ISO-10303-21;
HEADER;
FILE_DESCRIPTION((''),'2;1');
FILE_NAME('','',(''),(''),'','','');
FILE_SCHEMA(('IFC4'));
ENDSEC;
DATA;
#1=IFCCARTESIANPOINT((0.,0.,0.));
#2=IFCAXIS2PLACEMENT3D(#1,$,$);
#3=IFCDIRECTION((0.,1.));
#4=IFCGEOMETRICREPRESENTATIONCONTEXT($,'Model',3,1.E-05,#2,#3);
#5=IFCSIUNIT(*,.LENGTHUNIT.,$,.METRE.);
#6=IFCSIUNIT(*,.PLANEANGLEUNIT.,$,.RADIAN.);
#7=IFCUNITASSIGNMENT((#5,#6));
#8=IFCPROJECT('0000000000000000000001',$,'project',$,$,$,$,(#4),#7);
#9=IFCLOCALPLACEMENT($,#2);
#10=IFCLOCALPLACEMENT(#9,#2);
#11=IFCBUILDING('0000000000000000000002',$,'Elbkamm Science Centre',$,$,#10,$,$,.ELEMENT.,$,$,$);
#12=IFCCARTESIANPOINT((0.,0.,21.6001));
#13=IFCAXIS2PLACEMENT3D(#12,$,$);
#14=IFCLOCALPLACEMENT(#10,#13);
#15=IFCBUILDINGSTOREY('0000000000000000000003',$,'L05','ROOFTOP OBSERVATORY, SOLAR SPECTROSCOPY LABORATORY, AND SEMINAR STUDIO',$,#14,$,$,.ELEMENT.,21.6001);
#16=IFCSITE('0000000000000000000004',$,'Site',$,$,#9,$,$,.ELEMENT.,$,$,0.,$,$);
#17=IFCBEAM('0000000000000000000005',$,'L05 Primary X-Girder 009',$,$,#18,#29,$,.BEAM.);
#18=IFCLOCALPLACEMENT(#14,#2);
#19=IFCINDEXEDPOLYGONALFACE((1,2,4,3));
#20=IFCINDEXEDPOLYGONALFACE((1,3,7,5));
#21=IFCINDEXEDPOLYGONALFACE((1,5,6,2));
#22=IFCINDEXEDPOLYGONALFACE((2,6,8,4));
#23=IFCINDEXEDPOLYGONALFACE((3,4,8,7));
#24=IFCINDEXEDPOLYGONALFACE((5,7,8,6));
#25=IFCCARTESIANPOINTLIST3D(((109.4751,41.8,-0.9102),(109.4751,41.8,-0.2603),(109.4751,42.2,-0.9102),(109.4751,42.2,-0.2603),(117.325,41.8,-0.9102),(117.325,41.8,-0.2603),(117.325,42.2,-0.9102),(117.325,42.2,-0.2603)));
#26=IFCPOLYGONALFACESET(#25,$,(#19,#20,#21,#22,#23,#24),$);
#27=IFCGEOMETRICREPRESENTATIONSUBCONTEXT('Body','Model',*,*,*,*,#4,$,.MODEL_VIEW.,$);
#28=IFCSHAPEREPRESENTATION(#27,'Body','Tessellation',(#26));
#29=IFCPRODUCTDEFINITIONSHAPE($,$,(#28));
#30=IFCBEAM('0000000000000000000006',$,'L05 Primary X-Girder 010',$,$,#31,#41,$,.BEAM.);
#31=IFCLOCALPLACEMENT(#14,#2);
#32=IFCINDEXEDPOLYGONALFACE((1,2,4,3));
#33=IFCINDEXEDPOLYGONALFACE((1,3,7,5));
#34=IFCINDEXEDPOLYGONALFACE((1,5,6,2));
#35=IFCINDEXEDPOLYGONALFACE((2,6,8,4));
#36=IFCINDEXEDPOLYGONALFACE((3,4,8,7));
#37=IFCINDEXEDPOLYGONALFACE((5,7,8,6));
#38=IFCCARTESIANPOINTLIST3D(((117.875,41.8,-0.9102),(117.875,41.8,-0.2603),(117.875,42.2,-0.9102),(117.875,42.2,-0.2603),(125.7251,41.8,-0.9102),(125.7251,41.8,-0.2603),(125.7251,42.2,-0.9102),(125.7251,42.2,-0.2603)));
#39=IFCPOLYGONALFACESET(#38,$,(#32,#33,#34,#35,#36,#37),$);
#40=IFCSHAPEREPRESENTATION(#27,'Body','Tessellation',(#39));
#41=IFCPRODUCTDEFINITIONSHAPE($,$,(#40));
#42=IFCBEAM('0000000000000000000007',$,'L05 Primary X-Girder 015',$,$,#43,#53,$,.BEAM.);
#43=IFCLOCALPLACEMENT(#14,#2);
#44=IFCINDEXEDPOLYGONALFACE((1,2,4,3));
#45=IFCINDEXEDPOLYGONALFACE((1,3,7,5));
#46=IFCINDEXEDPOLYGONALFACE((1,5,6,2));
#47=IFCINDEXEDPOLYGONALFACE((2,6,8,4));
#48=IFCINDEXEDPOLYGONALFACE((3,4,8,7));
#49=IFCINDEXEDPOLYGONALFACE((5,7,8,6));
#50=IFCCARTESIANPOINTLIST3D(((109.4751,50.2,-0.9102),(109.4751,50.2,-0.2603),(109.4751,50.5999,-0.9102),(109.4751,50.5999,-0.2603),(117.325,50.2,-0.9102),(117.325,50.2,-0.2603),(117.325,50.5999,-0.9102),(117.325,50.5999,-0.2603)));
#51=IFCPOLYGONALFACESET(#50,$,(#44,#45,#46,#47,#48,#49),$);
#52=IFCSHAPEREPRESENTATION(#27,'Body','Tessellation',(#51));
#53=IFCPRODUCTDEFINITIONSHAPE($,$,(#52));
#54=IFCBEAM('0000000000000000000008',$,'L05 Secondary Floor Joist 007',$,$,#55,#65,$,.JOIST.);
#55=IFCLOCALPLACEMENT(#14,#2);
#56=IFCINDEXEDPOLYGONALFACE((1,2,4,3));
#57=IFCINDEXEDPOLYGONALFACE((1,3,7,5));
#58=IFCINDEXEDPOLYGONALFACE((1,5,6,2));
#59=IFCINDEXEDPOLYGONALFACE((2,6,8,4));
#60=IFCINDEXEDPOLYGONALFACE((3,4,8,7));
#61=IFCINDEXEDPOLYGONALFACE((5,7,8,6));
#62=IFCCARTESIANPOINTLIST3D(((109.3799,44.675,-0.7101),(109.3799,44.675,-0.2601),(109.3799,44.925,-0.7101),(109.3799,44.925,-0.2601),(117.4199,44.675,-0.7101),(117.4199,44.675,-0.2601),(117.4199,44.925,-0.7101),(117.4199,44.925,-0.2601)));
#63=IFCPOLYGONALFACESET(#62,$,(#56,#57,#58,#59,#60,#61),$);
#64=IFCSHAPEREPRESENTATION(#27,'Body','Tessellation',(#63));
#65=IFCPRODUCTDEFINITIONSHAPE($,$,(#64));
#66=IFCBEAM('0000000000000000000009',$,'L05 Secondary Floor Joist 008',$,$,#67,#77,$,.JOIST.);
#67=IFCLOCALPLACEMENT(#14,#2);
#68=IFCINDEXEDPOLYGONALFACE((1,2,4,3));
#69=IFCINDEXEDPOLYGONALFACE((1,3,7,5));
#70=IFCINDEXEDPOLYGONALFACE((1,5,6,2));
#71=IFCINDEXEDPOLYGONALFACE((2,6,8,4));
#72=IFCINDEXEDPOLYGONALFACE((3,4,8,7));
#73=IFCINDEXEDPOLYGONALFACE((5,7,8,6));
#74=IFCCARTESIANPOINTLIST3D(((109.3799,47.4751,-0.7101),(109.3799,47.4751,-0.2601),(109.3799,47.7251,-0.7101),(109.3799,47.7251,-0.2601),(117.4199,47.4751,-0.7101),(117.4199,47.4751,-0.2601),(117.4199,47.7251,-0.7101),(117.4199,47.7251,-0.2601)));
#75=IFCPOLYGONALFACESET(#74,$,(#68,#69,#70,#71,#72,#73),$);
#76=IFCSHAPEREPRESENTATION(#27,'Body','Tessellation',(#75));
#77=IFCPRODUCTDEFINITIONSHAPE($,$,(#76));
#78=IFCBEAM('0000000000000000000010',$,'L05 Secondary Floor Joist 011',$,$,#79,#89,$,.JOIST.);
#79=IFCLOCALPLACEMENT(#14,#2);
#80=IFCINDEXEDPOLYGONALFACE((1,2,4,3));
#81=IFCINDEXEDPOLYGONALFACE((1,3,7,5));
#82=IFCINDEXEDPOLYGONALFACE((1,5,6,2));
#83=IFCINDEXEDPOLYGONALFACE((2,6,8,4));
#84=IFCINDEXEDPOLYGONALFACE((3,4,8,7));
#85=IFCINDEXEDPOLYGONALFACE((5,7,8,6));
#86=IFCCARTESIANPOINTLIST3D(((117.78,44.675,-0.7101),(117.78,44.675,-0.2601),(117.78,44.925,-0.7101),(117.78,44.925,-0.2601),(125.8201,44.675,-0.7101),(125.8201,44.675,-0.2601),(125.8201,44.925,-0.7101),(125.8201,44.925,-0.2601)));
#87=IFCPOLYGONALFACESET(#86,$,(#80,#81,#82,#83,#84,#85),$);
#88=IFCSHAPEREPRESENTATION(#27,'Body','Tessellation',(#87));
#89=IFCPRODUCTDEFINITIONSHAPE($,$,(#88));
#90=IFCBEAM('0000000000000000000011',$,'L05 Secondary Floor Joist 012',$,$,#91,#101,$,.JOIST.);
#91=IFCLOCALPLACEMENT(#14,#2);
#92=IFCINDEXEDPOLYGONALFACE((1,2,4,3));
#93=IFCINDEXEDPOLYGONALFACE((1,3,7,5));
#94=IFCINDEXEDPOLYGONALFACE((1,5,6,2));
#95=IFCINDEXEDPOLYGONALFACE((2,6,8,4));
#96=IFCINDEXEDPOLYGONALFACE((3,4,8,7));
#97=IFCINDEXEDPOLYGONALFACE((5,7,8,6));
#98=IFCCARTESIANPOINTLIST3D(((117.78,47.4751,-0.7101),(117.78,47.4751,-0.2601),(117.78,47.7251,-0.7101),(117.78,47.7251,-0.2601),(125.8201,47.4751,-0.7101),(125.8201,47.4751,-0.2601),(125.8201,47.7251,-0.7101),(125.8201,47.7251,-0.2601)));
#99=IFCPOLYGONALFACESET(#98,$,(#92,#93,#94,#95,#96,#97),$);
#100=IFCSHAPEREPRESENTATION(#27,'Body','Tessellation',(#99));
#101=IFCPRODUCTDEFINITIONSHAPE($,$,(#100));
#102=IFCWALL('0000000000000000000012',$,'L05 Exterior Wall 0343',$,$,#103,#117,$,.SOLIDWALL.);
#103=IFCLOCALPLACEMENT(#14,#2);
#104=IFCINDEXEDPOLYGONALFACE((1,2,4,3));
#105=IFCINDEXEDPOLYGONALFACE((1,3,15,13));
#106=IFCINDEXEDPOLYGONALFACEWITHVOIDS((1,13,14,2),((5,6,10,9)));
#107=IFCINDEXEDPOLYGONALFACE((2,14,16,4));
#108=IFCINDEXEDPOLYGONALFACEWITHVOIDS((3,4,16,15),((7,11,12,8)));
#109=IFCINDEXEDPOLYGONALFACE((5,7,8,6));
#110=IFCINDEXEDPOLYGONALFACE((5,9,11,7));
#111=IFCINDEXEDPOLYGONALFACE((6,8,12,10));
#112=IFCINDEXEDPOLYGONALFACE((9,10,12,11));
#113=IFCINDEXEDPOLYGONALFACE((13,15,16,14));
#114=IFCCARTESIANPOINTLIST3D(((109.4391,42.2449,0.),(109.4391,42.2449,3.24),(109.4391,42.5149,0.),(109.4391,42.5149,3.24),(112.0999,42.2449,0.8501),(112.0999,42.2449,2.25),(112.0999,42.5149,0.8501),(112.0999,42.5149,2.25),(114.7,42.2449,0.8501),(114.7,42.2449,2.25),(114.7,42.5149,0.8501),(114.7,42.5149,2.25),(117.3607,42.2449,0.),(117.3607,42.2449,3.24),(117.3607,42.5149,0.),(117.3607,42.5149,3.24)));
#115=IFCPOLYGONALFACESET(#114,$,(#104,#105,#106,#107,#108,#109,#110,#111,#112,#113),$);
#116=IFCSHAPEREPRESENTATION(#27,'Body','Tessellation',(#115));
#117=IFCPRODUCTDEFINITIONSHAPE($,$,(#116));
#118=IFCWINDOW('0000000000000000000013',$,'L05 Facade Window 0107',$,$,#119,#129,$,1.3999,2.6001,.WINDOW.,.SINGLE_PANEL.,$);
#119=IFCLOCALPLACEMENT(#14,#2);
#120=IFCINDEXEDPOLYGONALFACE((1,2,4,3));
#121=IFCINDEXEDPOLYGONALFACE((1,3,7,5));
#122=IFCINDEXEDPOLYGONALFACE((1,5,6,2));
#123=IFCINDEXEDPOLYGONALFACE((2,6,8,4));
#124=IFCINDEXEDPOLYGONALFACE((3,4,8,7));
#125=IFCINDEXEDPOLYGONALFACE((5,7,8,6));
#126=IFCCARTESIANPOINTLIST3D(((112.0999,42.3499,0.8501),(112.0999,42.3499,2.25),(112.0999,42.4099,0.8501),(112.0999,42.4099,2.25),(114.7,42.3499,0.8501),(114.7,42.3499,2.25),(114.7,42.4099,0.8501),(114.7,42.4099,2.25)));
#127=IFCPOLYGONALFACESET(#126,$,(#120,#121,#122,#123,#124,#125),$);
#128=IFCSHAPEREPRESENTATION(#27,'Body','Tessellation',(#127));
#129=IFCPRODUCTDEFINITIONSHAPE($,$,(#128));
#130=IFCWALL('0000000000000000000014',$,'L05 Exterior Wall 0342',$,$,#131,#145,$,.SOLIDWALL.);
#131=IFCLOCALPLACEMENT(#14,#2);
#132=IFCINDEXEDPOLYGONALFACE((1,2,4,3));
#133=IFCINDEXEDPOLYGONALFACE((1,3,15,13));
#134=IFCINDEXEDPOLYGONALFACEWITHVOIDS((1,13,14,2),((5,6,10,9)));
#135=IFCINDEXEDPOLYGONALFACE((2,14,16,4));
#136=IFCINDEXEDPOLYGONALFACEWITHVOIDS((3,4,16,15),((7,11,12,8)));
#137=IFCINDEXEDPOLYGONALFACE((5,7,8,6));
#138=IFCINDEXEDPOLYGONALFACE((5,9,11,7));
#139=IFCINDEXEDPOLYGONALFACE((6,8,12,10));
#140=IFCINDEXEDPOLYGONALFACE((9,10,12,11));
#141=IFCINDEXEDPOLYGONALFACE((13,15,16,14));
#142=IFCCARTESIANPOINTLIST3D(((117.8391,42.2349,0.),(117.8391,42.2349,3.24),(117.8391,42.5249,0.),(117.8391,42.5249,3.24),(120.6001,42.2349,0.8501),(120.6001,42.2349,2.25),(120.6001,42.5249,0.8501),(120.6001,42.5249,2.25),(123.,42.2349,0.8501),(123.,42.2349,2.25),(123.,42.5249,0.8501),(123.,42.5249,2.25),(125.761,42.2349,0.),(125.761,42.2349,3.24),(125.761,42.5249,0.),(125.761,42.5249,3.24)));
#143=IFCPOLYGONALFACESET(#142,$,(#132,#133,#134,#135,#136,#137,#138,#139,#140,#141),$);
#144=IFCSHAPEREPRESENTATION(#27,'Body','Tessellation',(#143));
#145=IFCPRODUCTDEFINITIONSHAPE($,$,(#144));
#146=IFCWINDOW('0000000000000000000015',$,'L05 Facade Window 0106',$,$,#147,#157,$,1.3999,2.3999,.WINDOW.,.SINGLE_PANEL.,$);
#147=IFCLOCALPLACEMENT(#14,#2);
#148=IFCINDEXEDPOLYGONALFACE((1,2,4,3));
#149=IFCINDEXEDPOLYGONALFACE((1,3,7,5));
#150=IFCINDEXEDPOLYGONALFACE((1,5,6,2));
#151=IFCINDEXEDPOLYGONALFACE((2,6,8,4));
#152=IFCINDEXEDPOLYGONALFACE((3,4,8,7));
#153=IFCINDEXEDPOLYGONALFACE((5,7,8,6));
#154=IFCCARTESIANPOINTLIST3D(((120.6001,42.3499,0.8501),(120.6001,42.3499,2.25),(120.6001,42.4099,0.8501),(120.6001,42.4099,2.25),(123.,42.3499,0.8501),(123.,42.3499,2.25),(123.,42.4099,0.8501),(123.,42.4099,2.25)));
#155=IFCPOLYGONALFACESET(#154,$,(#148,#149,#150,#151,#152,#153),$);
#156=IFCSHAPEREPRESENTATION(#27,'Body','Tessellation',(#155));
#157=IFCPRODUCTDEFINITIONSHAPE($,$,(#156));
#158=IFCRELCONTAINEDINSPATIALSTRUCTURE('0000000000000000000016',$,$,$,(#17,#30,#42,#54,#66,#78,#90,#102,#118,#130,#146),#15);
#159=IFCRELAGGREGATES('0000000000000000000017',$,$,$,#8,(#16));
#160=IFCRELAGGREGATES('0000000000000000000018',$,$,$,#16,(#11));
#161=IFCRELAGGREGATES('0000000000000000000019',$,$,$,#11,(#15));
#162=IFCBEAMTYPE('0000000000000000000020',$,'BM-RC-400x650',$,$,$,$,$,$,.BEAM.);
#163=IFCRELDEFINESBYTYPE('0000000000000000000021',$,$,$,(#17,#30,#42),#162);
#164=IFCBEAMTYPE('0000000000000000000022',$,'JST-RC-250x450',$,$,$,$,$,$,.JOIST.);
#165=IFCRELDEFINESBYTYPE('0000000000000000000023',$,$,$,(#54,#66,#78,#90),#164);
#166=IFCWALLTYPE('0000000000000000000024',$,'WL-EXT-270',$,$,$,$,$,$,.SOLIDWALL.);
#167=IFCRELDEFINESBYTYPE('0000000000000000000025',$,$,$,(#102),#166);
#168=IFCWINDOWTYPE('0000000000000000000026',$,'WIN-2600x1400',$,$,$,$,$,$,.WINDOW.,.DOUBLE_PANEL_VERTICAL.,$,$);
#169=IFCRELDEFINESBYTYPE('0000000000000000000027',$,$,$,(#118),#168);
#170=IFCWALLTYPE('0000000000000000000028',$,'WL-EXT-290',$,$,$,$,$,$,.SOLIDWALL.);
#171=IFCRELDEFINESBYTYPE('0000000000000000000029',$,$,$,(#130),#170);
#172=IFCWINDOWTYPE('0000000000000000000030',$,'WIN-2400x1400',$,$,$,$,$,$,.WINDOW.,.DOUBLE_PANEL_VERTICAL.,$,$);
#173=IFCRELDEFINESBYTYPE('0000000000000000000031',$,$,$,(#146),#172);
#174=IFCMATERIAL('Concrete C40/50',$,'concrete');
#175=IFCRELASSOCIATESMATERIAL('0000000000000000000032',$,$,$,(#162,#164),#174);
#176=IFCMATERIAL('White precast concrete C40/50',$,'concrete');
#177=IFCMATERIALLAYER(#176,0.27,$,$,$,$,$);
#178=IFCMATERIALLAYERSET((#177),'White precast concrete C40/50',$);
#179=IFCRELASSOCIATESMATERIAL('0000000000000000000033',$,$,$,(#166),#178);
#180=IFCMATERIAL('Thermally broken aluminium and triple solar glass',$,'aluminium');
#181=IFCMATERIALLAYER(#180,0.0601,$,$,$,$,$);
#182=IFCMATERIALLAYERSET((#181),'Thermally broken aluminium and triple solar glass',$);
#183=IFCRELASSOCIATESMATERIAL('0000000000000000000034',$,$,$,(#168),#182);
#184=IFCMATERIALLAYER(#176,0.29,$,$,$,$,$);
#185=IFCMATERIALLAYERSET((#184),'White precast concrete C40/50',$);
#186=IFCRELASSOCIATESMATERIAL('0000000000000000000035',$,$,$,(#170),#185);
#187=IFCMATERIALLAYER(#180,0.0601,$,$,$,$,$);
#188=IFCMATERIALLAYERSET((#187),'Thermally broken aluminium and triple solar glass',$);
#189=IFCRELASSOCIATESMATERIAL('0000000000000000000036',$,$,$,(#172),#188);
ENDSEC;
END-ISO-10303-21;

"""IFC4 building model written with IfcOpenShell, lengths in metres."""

from ifc_helpers import new_model, si_unit, direction, frame, frame_2d, origin, origin_2d, place, context, subcontext, project, spatial, rectangle, extrude, material, layer, layer_set, material_profile, profile_set, type_object, element, fill, save


model = new_model("IFC4")

# Units and contexts
model_context = context("Model", 3, precision=1e-05, world=origin(), true_north=direction((0.0, 1.0)))
body_context = subcontext(model_context, "Body", "Model", "MODEL_VIEW")
ifc_project = project(units=[si_unit("LENGTHUNIT", "METRE"), si_unit("PLANEANGLEUNIT", "RADIAN")], contexts=[model_context])

# Site, building, storey
site_placement = place(None, origin())
site = spatial("IfcSite", under=ifc_project, at=site_placement, Name="Site", CompositionType="ELEMENT", RefElevation=0.0)
building_placement = place(site_placement, origin())
building = spatial("IfcBuilding", under=site, at=building_placement, Name="Elbkamm Science Centre", CompositionType="ELEMENT")
storey_placement = place(building_placement, frame((0.0, 0.0, 21.6001)))
storey = spatial("IfcBuildingStorey", under=building, at=storey_placement, Name="L05", Description="ROOFTOP OBSERVATORY, SOLAR SPECTROSCOPY LABORATORY, AND SEMINAR STUDIO", CompositionType="ELEMENT", Elevation=21.6001)

# Shared definitions
ifc_material_1 = material(Name="Concrete C40/50", Category="concrete")

# Beams
ifc_material_profile_1 = material_profile(ifc_material_1, rectangle(XDim=0.3999, YDim=0.6499, at=origin_2d()), Name="RC 400x650")
ifc_profile_set_1 = profile_set([ifc_material_profile_1], Name="Concrete C40/50")
beam_type_1 = type_object("IfcBeamType", Name="BM-RC-400x650", PredefinedType="BEAM", material=ifc_profile_set_1)
beam_1_placement = place(storey_placement, frame((109.4751, 42.0, -0.5852), z_axis=(1.0, 0.0, 0.0), x_axis=(0.0, 1.0, 0.0)))
element("IfcBeam", 1, at=beam_1_placement, inside=storey, type_object=beam_type_1, Name="L05 Primary X-Girder 009", PredefinedType="BEAM", context=body_context, shape_type="SweptSolid", body=[
    extrude(rectangle(XDim=0.3999, YDim=0.6499, at=origin_2d()), origin(), (0.0, 0.0, 1.0), 7.8499),
])
beam_2_placement = place(storey_placement, frame((117.875, 42.0, -0.5852), z_axis=(1.0, 0.0, 0.0), x_axis=(0.0, 1.0, 0.0)))
element("IfcBeam", 2, at=beam_2_placement, inside=storey, type_object=beam_type_1, Name="L05 Primary X-Girder 010", PredefinedType="BEAM", context=body_context, shape_type="SweptSolid", body=[
    extrude(rectangle(XDim=0.3999, YDim=0.6499, at=origin_2d()), origin(), (0.0, 0.0, 1.0), 7.8501),
])
beam_3_placement = place(storey_placement, frame((109.4751, 50.3999, -0.5852), z_axis=(1.0, 0.0, 0.0), x_axis=(0.0, 1.0, 0.0)))
element("IfcBeam", 3, at=beam_3_placement, inside=storey, type_object=beam_type_1, Name="L05 Primary X-Girder 015", PredefinedType="BEAM", context=body_context, shape_type="SweptSolid", body=[
    extrude(rectangle(XDim=0.3999, YDim=0.6499, at=origin_2d()), origin(), (0.0, 0.0, 1.0), 7.8499),
])
ifc_material_profile_2 = material_profile(ifc_material_1, rectangle(XDim=0.25, YDim=0.45, at=origin_2d()), Name="RC 250x450")
ifc_profile_set_2 = profile_set([ifc_material_profile_2], Name="Concrete C40/50")
beam_type_2 = type_object("IfcBeamType", Name="JST-RC-250x450", PredefinedType="JOIST", material=ifc_profile_set_2)
for number, where, z_axis, x_axis, name in (
    (4, (109.3799, 44.8, -0.4851), (1.0, 0.0, 0.0), (0.0, 1.0, 0.0), "L05 Secondary Floor Joist 007"),
    (5, (109.3799, 47.6001, -0.4851), (1.0, 0.0, 0.0), (0.0, 1.0, 0.0), "L05 Secondary Floor Joist 008"),
    (6, (117.78, 44.8, -0.4851), (1.0, 0.0, 0.0), (0.0, 1.0, 0.0), "L05 Secondary Floor Joist 011"),
    (7, (117.78, 47.6001, -0.4851), (1.0, 0.0, 0.0), (0.0, 1.0, 0.0), "L05 Secondary Floor Joist 012"),
):
    element("IfcBeam", number, at=place(storey_placement, frame(where, z_axis=z_axis, x_axis=x_axis)), inside=storey, type_object=beam_type_2, Name=name, PredefinedType="JOIST", context=body_context, shape_type="SweptSolid", body=[
        extrude(rectangle(XDim=0.25, YDim=0.45, at=origin_2d()), origin(), (0.0, 0.0, 1.0), 8.04),
    ])

# Walls, openings, windows
ifc_material_2 = material(Name="White precast concrete C40/50", Category="concrete")
ifc_layer_1 = layer(ifc_material_2, 0.27)
ifc_layer_set_1 = layer_set([ifc_layer_1], Name="White precast concrete C40/50")
wall_type_1 = type_object("IfcWallType", Name="WL-EXT-270", PredefinedType="SOLIDWALL", material=ifc_layer_set_1)
wall_1_placement = place(storey_placement, frame((117.3608, 42.3799, 0.0), z_axis=(0.0, 0.0, 1.0), x_axis=(-1.0, 0.0, 0.0)))
wall_1 = element("IfcWall", 8, at=wall_1_placement, inside=storey, type_object=wall_type_1, Name="L05 Exterior Wall 0343", PredefinedType="SOLIDWALL", context=body_context, shape_type="SweptSolid", body=[
    extrude(rectangle(XDim=7.9216, YDim=0.27, at=frame_2d((3.9609, 0.0))), origin(), (0.0, 0.0, 1.0), 3.24),
])
opening_1_placement = place(wall_1_placement, frame((2.6609, 0.0, 0.8501)))
opening_1 = element("IfcOpeningElement", 9, at=opening_1_placement, cuts=wall_1, PredefinedType="OPENING", context=body_context, shape_type="SweptSolid", body=[
    extrude(rectangle(XDim=2.6001, YDim=1.3999, at=frame_2d((1.3, 0.7))), frame((0.0, 0.147, 0.0), z_axis=(0.0, -1.0, 0.0), x_axis=(1.0, 0.0, 0.0)), (0.0, 0.0, 1.0), 0.2939),
])
ifc_material_3 = material(Name="Thermally broken aluminium and triple solar glass", Category="aluminium")
ifc_layer_2 = layer(ifc_material_3, 0.0601)
ifc_layer_set_2 = layer_set([ifc_layer_2], Name="Thermally broken aluminium and triple solar glass")
window_type_1 = type_object("IfcWindowType", Name="WIN-2600x1400", PartitioningType="DOUBLE_PANEL_VERTICAL", PredefinedType="WINDOW", material=ifc_layer_set_2)
window_1_placement = place(opening_1_placement, origin())
window_1 = element("IfcWindow", 10, at=window_1_placement, inside=storey, type_object=window_type_1, Name="L05 Facade Window 0107", OverallHeight=1.3999, OverallWidth=2.6001, PartitioningType="SINGLE_PANEL", PredefinedType="WINDOW", context=body_context, shape_type="SweptSolid", body=[
    extrude(rectangle(XDim=2.6001, YDim=1.3999, at=frame_2d((1.3, 0.7))), frame((0.0, 0.03, 0.0), z_axis=(0.0, -1.0, 0.0), x_axis=(1.0, 0.0, 0.0)), (0.0, 0.0, 1.0), 0.0601),
])
fill(opening_1, window_1)
ifc_layer_3 = layer(ifc_material_2, 0.29)
ifc_layer_set_3 = layer_set([ifc_layer_3], Name="White precast concrete C40/50")
wall_type_2 = type_object("IfcWallType", Name="WL-EXT-290", PredefinedType="SOLIDWALL", material=ifc_layer_set_3)
wall_2_placement = place(storey_placement, frame((125.761, 42.3799, 0.0), z_axis=(0.0, 0.0, 1.0), x_axis=(-1.0, 0.0, 0.0)))
wall_2 = element("IfcWall", 11, at=wall_2_placement, inside=storey, type_object=wall_type_2, Name="L05 Exterior Wall 0342", PredefinedType="SOLIDWALL", context=body_context, shape_type="SweptSolid", body=[
    extrude(rectangle(XDim=7.9219, YDim=0.29, at=frame_2d((3.9609, 0.0))), origin(), (0.0, 0.0, 1.0), 3.24),
])
opening_2_placement = place(wall_2_placement, frame((2.761, 0.0, 0.8501)))
opening_2 = element("IfcOpeningElement", 12, at=opening_2_placement, cuts=wall_2, PredefinedType="OPENING", context=body_context, shape_type="SweptSolid", body=[
    extrude(rectangle(XDim=2.3999, YDim=1.3999, at=frame_2d((1.2, 0.7))), frame((0.0, 0.157, 0.0), z_axis=(0.0, -1.0, 0.0), x_axis=(1.0, 0.0, 0.0)), (0.0, 0.0, 1.0), 0.314),
])
ifc_layer_4 = layer(ifc_material_3, 0.0601)
ifc_layer_set_4 = layer_set([ifc_layer_4], Name="Thermally broken aluminium and triple solar glass")
window_type_2 = type_object("IfcWindowType", Name="WIN-2400x1400", PartitioningType="DOUBLE_PANEL_VERTICAL", PredefinedType="WINDOW", material=ifc_layer_set_4)
window_2_placement = place(opening_2_placement, origin())
window_2 = element("IfcWindow", 13, at=window_2_placement, inside=storey, type_object=window_type_2, Name="L05 Facade Window 0106", OverallHeight=1.3999, OverallWidth=2.3999, PartitioningType="SINGLE_PANEL", PredefinedType="WINDOW", context=body_context, shape_type="SweptSolid", body=[
    extrude(rectangle(XDim=2.3999, YDim=1.3999, at=frame_2d((1.2, 0.7))), frame((0.0, 0.03, 0.0), z_axis=(0.0, -1.0, 0.0), x_axis=(1.0, 0.0, 0.0)), (0.0, 0.0, 1.0), 0.0601),
])
fill(opening_2, window_2)

save(model, "model.ifc")
